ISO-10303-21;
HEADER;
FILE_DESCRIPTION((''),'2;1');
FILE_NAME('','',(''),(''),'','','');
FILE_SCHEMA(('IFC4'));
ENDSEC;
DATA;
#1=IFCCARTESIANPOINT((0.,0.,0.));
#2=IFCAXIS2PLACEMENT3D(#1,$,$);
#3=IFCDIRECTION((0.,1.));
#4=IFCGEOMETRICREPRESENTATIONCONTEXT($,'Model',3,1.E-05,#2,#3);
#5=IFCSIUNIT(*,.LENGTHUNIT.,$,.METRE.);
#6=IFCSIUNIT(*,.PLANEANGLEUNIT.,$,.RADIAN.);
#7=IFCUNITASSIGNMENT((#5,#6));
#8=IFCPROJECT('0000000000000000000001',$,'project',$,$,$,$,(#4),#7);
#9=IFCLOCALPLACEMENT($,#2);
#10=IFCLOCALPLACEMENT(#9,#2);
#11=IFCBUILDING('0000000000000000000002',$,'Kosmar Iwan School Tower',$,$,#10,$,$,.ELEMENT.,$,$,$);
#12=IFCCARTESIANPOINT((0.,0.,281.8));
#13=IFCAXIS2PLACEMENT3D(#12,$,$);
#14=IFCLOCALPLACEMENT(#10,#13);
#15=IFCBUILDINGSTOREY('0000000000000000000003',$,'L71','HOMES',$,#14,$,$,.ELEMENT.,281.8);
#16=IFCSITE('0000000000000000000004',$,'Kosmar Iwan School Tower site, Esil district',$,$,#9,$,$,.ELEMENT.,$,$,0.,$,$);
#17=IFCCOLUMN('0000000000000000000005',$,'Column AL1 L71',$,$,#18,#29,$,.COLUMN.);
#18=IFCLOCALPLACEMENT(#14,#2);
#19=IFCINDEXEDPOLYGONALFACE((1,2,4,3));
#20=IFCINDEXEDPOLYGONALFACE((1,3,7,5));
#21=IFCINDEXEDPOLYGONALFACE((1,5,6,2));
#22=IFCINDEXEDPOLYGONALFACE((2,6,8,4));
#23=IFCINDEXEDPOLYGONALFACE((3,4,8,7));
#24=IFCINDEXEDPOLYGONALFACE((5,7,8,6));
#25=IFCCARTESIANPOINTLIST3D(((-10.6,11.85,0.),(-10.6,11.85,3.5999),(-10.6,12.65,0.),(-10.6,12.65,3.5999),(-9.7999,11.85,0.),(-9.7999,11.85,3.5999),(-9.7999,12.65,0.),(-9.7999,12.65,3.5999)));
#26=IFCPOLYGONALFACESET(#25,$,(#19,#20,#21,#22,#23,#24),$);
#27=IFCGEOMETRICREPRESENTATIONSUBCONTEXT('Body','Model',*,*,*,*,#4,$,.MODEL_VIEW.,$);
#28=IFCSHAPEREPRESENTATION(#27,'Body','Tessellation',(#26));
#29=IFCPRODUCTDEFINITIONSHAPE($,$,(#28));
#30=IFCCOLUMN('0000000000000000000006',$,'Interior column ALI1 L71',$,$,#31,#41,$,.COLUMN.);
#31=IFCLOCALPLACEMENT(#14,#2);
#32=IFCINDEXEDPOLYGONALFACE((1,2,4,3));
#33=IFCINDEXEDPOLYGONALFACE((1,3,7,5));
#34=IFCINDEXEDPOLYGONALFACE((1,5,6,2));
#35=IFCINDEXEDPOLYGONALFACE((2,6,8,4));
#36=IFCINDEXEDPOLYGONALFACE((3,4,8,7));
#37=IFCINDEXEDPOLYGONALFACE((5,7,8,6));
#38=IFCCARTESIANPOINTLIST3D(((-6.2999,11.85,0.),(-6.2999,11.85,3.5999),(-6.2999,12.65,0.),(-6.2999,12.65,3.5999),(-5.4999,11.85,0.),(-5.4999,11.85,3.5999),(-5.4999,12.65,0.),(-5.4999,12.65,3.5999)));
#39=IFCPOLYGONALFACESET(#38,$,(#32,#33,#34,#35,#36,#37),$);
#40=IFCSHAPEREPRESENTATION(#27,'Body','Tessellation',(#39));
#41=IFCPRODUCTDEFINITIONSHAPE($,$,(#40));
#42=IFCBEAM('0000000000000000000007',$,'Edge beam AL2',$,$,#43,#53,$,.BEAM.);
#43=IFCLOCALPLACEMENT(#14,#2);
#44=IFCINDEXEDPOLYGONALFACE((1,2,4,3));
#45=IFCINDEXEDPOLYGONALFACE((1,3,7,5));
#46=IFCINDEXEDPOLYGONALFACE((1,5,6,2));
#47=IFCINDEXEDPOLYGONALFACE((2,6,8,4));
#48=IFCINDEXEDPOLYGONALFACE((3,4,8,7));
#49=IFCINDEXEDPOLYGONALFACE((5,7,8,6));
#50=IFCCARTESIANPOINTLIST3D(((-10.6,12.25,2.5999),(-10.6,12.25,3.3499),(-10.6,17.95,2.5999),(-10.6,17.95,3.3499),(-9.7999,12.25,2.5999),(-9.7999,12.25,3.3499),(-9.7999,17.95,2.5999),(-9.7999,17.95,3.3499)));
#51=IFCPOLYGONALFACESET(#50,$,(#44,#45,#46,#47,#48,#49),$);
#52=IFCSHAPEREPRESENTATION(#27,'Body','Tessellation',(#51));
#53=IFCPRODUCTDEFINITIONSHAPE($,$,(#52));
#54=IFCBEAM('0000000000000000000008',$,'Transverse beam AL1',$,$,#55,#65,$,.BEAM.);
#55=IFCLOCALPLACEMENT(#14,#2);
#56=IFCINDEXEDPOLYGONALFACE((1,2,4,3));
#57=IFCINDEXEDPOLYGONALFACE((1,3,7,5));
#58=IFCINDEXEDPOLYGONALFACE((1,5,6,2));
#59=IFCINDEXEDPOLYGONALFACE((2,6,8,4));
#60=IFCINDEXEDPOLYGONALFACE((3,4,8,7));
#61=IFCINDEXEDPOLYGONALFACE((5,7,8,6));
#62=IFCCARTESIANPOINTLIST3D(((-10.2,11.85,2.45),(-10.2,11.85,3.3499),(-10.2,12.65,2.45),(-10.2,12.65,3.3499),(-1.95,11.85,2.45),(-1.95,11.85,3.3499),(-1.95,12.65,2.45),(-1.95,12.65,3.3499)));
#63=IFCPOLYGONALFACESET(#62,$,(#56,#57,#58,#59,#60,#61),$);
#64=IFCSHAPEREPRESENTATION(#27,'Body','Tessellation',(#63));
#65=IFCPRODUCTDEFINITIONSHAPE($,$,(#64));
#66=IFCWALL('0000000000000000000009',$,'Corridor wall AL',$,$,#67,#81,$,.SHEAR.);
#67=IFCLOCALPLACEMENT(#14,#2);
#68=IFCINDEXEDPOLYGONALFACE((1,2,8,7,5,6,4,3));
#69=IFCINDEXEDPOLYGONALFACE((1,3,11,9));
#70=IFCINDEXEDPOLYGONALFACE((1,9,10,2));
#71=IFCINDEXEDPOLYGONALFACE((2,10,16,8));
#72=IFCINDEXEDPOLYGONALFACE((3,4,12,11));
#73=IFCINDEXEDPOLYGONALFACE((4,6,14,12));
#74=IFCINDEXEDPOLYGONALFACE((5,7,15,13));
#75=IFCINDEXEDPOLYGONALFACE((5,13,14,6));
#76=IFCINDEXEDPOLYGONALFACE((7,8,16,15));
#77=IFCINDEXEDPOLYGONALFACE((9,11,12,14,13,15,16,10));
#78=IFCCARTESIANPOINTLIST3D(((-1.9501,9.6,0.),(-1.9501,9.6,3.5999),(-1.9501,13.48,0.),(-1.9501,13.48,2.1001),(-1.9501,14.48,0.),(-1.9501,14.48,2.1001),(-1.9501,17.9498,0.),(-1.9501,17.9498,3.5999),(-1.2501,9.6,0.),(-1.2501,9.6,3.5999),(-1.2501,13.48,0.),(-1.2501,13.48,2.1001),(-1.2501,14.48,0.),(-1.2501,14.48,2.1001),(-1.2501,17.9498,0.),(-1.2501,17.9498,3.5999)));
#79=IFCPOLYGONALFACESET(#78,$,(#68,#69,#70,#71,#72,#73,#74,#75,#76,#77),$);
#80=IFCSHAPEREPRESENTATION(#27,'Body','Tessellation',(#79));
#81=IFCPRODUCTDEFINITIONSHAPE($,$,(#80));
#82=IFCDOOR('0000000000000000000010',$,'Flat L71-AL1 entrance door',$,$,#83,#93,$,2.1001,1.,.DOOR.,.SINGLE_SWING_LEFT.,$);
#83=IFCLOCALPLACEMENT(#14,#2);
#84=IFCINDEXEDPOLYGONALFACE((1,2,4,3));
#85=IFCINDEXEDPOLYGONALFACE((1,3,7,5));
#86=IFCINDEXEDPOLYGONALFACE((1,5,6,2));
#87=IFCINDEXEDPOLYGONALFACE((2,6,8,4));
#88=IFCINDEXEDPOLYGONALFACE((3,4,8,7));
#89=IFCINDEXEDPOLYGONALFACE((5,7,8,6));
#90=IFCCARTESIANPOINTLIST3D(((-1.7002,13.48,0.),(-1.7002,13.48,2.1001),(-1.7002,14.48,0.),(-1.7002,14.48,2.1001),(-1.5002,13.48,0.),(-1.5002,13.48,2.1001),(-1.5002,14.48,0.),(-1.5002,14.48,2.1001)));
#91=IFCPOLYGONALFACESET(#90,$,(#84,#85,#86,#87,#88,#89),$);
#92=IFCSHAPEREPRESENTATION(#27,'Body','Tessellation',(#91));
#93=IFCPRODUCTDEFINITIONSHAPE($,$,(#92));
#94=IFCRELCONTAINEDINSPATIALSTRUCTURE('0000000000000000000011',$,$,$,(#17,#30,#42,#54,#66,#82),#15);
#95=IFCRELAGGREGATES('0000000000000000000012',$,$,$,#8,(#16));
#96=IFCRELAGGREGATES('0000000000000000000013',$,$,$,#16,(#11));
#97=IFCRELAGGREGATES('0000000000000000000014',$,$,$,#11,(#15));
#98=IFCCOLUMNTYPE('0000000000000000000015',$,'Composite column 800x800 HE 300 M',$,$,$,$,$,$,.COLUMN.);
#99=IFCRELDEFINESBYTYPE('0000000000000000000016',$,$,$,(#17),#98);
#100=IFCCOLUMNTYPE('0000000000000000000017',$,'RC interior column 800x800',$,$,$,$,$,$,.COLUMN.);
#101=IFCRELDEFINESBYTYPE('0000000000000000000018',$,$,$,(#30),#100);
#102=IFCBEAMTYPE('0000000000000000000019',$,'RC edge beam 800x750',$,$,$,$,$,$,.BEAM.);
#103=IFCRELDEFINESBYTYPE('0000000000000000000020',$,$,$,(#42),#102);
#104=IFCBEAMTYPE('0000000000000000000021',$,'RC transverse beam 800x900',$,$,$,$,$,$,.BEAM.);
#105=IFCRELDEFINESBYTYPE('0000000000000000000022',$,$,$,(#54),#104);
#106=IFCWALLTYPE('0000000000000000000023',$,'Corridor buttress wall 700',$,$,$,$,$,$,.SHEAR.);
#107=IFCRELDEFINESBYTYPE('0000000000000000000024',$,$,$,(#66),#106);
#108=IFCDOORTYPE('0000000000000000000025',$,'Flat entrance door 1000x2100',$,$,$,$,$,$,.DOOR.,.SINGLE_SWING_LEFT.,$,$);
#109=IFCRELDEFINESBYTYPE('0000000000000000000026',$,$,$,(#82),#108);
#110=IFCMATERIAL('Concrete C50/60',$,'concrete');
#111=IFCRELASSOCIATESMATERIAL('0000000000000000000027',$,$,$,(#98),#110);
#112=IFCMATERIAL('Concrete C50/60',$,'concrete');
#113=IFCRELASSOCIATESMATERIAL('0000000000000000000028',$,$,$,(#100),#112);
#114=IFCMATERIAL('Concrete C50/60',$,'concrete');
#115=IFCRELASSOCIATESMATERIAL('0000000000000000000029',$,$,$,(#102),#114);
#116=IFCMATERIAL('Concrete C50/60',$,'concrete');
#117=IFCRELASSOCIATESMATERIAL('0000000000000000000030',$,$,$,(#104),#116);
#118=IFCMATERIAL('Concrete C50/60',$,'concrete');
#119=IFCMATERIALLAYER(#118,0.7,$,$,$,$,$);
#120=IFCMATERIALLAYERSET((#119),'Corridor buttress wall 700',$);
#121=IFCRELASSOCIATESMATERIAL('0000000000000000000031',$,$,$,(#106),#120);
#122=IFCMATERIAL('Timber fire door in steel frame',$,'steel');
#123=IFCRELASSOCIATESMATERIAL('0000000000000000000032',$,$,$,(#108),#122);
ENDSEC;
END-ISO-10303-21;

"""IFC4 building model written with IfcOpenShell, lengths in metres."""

from ifc_helpers import new_model, si_unit, direction, frame, frame_2d, origin, origin_2d, place, context, subcontext, project, spatial, rectangle, extrude, material, layer, layer_set, material_profile, profile_set, type_object, element, fill, save


model = new_model("IFC4")

# Units and contexts
model_context = context("Model", 3, precision=1e-05, world=origin(), true_north=direction((0.0, 1.0)))
body_context = subcontext(model_context, "Body", "Model", "MODEL_VIEW")
ifc_project = project(units=[si_unit("LENGTHUNIT", "METRE"), si_unit("PLANEANGLEUNIT", "RADIAN")], contexts=[model_context])

# Site, building, storey
site_placement = place(None, origin())
site = spatial("IfcSite", under=ifc_project, at=site_placement, Name="Kosmar Iwan School Tower site, Esil district", CompositionType="ELEMENT", RefElevation=0.0)
building_placement = place(site_placement, origin())
building = spatial("IfcBuilding", under=site, at=building_placement, Name="Kosmar Iwan School Tower", CompositionType="ELEMENT")
storey_placement = place(building_placement, frame((0.0, 0.0, 281.8)))
storey = spatial("IfcBuildingStorey", under=building, at=storey_placement, Name="L71", Description="HOMES", CompositionType="ELEMENT", Elevation=281.8)

# Columns
ifc_material_1 = material(Name="Concrete C50/60", Category="concrete")
ifc_material_profile_1 = material_profile(ifc_material_1, rectangle(XDim=0.8, YDim=0.8, at=origin_2d()), Name="RC 800x800 + HE 300 M")
ifc_profile_set_1 = profile_set([ifc_material_profile_1], Name="Concrete C50/60")
column_type_1 = type_object("IfcColumnType", Name="Composite column 800x800 HE 300 M", PredefinedType="COLUMN", material=ifc_profile_set_1)
column_1_placement = place(storey_placement, frame((-10.2, 12.25, 0.0), z_axis=(0.0, 0.0, 1.0), x_axis=(0.0, 1.0, 0.0)))
element("IfcColumn", 1, at=column_1_placement, inside=storey, type_object=column_type_1, Name="Column AL1 L71", PredefinedType="COLUMN", context=body_context, shape_type="SweptSolid", body=[
    extrude(rectangle(XDim=0.8, YDim=0.8, at=origin_2d()), origin(), (0.0, 0.0, 1.0), 3.5999),
])
ifc_material_2 = material(Name="Concrete C50/60", Category="concrete")
ifc_material_profile_2 = material_profile(ifc_material_2, rectangle(XDim=0.8, YDim=0.8, at=origin_2d()), Name="RC 800x800")
ifc_profile_set_2 = profile_set([ifc_material_profile_2], Name="Concrete C50/60")
column_type_2 = type_object("IfcColumnType", Name="RC interior column 800x800", PredefinedType="COLUMN", material=ifc_profile_set_2)
column_2_placement = place(storey_placement, frame((-5.8999, 12.25, 0.0), z_axis=(0.0, 0.0, 1.0), x_axis=(0.0, 1.0, 0.0)))
element("IfcColumn", 2, at=column_2_placement, inside=storey, type_object=column_type_2, Name="Interior column ALI1 L71", PredefinedType="COLUMN", context=body_context, shape_type="SweptSolid", body=[
    extrude(rectangle(XDim=0.8, YDim=0.8, at=origin_2d()), origin(), (0.0, 0.0, 1.0), 3.5999),
])

# Beams
ifc_material_3 = material(Name="Concrete C50/60", Category="concrete")
ifc_material_profile_3 = material_profile(ifc_material_3, rectangle(XDim=0.8, YDim=0.75, at=origin_2d()), Name="RC 800x750")
ifc_profile_set_3 = profile_set([ifc_material_profile_3], Name="Concrete C50/60")
beam_type_1 = type_object("IfcBeamType", Name="RC edge beam 800x750", PredefinedType="BEAM", material=ifc_profile_set_3)
beam_1_placement = place(storey_placement, frame((-10.2, 12.25, 2.9749), z_axis=(0.0, 1.0, 0.0), x_axis=(-1.0, 0.0, 0.0)))
element("IfcBeam", 3, at=beam_1_placement, inside=storey, type_object=beam_type_1, Name="Edge beam AL2", PredefinedType="BEAM", context=body_context, shape_type="SweptSolid", body=[
    extrude(rectangle(XDim=0.8, YDim=0.75, at=origin_2d()), origin(), (0.0, 0.0, 1.0), 5.7),
])
ifc_material_4 = material(Name="Concrete C50/60", Category="concrete")
ifc_material_profile_4 = material_profile(ifc_material_4, rectangle(XDim=0.8, YDim=0.8999, at=origin_2d()), Name="RC 800x900")
ifc_profile_set_4 = profile_set([ifc_material_profile_4], Name="Concrete C50/60")
beam_type_2 = type_object("IfcBeamType", Name="RC transverse beam 800x900", PredefinedType="BEAM", material=ifc_profile_set_4)
beam_2_placement = place(storey_placement, frame((-10.2, 12.25, 2.8999), z_axis=(1.0, 0.0, 0.0), x_axis=(0.0, 1.0, 0.0)))
element("IfcBeam", 4, at=beam_2_placement, inside=storey, type_object=beam_type_2, Name="Transverse beam AL1", PredefinedType="BEAM", context=body_context, shape_type="SweptSolid", body=[
    extrude(rectangle(XDim=0.8, YDim=0.8999, at=origin_2d()), origin(), (0.0, 0.0, 1.0), 8.25),
])

# Wall, opening, door
ifc_material_5 = material(Name="Concrete C50/60", Category="concrete")
ifc_layer_1 = layer(ifc_material_5, 0.7)
ifc_layer_set_1 = layer_set([ifc_layer_1], Name="Corridor buttress wall 700")
wall_type_1 = type_object("IfcWallType", Name="Corridor buttress wall 700", PredefinedType="SHEAR", material=ifc_layer_set_1)
wall_1_placement = place(storey_placement, frame((-1.6001, 9.6001, 0.0), z_axis=(0.0, 0.0, 1.0), x_axis=(0.0, 1.0, 0.0)))
wall_1 = element("IfcWall", 5, at=wall_1_placement, inside=storey, type_object=wall_type_1, Name="Corridor wall AL", PredefinedType="SHEAR", context=body_context, shape_type="SweptSolid", body=[
    extrude(rectangle(XDim=8.3499, YDim=0.7, at=frame_2d((4.1748, 0.0))), origin(), (0.0, 0.0, 1.0), 3.5999),
])
opening_1_placement = place(wall_1_placement, frame((3.8799, 0.0, 0.0)))
opening_1 = element("IfcOpeningElement", 6, at=opening_1_placement, cuts=wall_1, PredefinedType="OPENING", context=body_context, shape_type="SweptSolid", body=[
    extrude(rectangle(XDim=1.0, YDim=2.1001, at=frame_2d((0.5, 1.05))), frame((0.0, 0.3621, 0.0), z_axis=(0.0, -1.0, 0.0), x_axis=(1.0, 0.0, 0.0)), (0.0, 0.0, 1.0), 0.7239),
])
ifc_material_6 = material(Name="Timber fire door in steel frame", Category="steel")
door_type_1 = type_object("IfcDoorType", Name="Flat entrance door 1000x2100", OperationType="SINGLE_SWING_LEFT", PredefinedType="DOOR", material=ifc_material_6)
door_1_placement = place(opening_1_placement, origin())
door_1 = element("IfcDoor", 7, at=door_1_placement, inside=storey, type_object=door_type_1, Name="Flat L71-AL1 entrance door", OperationType="SINGLE_SWING_LEFT", OverallHeight=2.1001, OverallWidth=1.0, PredefinedType="DOOR", context=body_context, shape_type="SweptSolid", body=[
    extrude(rectangle(XDim=1.0, YDim=2.1001, at=frame_2d((0.5, 1.05))), frame((0.0, 0.1001, 0.0), z_axis=(0.0, -1.0, 0.0), x_axis=(1.0, 0.0, 0.0)), (0.0, 0.0, 1.0), 0.2),
])
fill(opening_1, door_1)

save(model, "model.ifc")
